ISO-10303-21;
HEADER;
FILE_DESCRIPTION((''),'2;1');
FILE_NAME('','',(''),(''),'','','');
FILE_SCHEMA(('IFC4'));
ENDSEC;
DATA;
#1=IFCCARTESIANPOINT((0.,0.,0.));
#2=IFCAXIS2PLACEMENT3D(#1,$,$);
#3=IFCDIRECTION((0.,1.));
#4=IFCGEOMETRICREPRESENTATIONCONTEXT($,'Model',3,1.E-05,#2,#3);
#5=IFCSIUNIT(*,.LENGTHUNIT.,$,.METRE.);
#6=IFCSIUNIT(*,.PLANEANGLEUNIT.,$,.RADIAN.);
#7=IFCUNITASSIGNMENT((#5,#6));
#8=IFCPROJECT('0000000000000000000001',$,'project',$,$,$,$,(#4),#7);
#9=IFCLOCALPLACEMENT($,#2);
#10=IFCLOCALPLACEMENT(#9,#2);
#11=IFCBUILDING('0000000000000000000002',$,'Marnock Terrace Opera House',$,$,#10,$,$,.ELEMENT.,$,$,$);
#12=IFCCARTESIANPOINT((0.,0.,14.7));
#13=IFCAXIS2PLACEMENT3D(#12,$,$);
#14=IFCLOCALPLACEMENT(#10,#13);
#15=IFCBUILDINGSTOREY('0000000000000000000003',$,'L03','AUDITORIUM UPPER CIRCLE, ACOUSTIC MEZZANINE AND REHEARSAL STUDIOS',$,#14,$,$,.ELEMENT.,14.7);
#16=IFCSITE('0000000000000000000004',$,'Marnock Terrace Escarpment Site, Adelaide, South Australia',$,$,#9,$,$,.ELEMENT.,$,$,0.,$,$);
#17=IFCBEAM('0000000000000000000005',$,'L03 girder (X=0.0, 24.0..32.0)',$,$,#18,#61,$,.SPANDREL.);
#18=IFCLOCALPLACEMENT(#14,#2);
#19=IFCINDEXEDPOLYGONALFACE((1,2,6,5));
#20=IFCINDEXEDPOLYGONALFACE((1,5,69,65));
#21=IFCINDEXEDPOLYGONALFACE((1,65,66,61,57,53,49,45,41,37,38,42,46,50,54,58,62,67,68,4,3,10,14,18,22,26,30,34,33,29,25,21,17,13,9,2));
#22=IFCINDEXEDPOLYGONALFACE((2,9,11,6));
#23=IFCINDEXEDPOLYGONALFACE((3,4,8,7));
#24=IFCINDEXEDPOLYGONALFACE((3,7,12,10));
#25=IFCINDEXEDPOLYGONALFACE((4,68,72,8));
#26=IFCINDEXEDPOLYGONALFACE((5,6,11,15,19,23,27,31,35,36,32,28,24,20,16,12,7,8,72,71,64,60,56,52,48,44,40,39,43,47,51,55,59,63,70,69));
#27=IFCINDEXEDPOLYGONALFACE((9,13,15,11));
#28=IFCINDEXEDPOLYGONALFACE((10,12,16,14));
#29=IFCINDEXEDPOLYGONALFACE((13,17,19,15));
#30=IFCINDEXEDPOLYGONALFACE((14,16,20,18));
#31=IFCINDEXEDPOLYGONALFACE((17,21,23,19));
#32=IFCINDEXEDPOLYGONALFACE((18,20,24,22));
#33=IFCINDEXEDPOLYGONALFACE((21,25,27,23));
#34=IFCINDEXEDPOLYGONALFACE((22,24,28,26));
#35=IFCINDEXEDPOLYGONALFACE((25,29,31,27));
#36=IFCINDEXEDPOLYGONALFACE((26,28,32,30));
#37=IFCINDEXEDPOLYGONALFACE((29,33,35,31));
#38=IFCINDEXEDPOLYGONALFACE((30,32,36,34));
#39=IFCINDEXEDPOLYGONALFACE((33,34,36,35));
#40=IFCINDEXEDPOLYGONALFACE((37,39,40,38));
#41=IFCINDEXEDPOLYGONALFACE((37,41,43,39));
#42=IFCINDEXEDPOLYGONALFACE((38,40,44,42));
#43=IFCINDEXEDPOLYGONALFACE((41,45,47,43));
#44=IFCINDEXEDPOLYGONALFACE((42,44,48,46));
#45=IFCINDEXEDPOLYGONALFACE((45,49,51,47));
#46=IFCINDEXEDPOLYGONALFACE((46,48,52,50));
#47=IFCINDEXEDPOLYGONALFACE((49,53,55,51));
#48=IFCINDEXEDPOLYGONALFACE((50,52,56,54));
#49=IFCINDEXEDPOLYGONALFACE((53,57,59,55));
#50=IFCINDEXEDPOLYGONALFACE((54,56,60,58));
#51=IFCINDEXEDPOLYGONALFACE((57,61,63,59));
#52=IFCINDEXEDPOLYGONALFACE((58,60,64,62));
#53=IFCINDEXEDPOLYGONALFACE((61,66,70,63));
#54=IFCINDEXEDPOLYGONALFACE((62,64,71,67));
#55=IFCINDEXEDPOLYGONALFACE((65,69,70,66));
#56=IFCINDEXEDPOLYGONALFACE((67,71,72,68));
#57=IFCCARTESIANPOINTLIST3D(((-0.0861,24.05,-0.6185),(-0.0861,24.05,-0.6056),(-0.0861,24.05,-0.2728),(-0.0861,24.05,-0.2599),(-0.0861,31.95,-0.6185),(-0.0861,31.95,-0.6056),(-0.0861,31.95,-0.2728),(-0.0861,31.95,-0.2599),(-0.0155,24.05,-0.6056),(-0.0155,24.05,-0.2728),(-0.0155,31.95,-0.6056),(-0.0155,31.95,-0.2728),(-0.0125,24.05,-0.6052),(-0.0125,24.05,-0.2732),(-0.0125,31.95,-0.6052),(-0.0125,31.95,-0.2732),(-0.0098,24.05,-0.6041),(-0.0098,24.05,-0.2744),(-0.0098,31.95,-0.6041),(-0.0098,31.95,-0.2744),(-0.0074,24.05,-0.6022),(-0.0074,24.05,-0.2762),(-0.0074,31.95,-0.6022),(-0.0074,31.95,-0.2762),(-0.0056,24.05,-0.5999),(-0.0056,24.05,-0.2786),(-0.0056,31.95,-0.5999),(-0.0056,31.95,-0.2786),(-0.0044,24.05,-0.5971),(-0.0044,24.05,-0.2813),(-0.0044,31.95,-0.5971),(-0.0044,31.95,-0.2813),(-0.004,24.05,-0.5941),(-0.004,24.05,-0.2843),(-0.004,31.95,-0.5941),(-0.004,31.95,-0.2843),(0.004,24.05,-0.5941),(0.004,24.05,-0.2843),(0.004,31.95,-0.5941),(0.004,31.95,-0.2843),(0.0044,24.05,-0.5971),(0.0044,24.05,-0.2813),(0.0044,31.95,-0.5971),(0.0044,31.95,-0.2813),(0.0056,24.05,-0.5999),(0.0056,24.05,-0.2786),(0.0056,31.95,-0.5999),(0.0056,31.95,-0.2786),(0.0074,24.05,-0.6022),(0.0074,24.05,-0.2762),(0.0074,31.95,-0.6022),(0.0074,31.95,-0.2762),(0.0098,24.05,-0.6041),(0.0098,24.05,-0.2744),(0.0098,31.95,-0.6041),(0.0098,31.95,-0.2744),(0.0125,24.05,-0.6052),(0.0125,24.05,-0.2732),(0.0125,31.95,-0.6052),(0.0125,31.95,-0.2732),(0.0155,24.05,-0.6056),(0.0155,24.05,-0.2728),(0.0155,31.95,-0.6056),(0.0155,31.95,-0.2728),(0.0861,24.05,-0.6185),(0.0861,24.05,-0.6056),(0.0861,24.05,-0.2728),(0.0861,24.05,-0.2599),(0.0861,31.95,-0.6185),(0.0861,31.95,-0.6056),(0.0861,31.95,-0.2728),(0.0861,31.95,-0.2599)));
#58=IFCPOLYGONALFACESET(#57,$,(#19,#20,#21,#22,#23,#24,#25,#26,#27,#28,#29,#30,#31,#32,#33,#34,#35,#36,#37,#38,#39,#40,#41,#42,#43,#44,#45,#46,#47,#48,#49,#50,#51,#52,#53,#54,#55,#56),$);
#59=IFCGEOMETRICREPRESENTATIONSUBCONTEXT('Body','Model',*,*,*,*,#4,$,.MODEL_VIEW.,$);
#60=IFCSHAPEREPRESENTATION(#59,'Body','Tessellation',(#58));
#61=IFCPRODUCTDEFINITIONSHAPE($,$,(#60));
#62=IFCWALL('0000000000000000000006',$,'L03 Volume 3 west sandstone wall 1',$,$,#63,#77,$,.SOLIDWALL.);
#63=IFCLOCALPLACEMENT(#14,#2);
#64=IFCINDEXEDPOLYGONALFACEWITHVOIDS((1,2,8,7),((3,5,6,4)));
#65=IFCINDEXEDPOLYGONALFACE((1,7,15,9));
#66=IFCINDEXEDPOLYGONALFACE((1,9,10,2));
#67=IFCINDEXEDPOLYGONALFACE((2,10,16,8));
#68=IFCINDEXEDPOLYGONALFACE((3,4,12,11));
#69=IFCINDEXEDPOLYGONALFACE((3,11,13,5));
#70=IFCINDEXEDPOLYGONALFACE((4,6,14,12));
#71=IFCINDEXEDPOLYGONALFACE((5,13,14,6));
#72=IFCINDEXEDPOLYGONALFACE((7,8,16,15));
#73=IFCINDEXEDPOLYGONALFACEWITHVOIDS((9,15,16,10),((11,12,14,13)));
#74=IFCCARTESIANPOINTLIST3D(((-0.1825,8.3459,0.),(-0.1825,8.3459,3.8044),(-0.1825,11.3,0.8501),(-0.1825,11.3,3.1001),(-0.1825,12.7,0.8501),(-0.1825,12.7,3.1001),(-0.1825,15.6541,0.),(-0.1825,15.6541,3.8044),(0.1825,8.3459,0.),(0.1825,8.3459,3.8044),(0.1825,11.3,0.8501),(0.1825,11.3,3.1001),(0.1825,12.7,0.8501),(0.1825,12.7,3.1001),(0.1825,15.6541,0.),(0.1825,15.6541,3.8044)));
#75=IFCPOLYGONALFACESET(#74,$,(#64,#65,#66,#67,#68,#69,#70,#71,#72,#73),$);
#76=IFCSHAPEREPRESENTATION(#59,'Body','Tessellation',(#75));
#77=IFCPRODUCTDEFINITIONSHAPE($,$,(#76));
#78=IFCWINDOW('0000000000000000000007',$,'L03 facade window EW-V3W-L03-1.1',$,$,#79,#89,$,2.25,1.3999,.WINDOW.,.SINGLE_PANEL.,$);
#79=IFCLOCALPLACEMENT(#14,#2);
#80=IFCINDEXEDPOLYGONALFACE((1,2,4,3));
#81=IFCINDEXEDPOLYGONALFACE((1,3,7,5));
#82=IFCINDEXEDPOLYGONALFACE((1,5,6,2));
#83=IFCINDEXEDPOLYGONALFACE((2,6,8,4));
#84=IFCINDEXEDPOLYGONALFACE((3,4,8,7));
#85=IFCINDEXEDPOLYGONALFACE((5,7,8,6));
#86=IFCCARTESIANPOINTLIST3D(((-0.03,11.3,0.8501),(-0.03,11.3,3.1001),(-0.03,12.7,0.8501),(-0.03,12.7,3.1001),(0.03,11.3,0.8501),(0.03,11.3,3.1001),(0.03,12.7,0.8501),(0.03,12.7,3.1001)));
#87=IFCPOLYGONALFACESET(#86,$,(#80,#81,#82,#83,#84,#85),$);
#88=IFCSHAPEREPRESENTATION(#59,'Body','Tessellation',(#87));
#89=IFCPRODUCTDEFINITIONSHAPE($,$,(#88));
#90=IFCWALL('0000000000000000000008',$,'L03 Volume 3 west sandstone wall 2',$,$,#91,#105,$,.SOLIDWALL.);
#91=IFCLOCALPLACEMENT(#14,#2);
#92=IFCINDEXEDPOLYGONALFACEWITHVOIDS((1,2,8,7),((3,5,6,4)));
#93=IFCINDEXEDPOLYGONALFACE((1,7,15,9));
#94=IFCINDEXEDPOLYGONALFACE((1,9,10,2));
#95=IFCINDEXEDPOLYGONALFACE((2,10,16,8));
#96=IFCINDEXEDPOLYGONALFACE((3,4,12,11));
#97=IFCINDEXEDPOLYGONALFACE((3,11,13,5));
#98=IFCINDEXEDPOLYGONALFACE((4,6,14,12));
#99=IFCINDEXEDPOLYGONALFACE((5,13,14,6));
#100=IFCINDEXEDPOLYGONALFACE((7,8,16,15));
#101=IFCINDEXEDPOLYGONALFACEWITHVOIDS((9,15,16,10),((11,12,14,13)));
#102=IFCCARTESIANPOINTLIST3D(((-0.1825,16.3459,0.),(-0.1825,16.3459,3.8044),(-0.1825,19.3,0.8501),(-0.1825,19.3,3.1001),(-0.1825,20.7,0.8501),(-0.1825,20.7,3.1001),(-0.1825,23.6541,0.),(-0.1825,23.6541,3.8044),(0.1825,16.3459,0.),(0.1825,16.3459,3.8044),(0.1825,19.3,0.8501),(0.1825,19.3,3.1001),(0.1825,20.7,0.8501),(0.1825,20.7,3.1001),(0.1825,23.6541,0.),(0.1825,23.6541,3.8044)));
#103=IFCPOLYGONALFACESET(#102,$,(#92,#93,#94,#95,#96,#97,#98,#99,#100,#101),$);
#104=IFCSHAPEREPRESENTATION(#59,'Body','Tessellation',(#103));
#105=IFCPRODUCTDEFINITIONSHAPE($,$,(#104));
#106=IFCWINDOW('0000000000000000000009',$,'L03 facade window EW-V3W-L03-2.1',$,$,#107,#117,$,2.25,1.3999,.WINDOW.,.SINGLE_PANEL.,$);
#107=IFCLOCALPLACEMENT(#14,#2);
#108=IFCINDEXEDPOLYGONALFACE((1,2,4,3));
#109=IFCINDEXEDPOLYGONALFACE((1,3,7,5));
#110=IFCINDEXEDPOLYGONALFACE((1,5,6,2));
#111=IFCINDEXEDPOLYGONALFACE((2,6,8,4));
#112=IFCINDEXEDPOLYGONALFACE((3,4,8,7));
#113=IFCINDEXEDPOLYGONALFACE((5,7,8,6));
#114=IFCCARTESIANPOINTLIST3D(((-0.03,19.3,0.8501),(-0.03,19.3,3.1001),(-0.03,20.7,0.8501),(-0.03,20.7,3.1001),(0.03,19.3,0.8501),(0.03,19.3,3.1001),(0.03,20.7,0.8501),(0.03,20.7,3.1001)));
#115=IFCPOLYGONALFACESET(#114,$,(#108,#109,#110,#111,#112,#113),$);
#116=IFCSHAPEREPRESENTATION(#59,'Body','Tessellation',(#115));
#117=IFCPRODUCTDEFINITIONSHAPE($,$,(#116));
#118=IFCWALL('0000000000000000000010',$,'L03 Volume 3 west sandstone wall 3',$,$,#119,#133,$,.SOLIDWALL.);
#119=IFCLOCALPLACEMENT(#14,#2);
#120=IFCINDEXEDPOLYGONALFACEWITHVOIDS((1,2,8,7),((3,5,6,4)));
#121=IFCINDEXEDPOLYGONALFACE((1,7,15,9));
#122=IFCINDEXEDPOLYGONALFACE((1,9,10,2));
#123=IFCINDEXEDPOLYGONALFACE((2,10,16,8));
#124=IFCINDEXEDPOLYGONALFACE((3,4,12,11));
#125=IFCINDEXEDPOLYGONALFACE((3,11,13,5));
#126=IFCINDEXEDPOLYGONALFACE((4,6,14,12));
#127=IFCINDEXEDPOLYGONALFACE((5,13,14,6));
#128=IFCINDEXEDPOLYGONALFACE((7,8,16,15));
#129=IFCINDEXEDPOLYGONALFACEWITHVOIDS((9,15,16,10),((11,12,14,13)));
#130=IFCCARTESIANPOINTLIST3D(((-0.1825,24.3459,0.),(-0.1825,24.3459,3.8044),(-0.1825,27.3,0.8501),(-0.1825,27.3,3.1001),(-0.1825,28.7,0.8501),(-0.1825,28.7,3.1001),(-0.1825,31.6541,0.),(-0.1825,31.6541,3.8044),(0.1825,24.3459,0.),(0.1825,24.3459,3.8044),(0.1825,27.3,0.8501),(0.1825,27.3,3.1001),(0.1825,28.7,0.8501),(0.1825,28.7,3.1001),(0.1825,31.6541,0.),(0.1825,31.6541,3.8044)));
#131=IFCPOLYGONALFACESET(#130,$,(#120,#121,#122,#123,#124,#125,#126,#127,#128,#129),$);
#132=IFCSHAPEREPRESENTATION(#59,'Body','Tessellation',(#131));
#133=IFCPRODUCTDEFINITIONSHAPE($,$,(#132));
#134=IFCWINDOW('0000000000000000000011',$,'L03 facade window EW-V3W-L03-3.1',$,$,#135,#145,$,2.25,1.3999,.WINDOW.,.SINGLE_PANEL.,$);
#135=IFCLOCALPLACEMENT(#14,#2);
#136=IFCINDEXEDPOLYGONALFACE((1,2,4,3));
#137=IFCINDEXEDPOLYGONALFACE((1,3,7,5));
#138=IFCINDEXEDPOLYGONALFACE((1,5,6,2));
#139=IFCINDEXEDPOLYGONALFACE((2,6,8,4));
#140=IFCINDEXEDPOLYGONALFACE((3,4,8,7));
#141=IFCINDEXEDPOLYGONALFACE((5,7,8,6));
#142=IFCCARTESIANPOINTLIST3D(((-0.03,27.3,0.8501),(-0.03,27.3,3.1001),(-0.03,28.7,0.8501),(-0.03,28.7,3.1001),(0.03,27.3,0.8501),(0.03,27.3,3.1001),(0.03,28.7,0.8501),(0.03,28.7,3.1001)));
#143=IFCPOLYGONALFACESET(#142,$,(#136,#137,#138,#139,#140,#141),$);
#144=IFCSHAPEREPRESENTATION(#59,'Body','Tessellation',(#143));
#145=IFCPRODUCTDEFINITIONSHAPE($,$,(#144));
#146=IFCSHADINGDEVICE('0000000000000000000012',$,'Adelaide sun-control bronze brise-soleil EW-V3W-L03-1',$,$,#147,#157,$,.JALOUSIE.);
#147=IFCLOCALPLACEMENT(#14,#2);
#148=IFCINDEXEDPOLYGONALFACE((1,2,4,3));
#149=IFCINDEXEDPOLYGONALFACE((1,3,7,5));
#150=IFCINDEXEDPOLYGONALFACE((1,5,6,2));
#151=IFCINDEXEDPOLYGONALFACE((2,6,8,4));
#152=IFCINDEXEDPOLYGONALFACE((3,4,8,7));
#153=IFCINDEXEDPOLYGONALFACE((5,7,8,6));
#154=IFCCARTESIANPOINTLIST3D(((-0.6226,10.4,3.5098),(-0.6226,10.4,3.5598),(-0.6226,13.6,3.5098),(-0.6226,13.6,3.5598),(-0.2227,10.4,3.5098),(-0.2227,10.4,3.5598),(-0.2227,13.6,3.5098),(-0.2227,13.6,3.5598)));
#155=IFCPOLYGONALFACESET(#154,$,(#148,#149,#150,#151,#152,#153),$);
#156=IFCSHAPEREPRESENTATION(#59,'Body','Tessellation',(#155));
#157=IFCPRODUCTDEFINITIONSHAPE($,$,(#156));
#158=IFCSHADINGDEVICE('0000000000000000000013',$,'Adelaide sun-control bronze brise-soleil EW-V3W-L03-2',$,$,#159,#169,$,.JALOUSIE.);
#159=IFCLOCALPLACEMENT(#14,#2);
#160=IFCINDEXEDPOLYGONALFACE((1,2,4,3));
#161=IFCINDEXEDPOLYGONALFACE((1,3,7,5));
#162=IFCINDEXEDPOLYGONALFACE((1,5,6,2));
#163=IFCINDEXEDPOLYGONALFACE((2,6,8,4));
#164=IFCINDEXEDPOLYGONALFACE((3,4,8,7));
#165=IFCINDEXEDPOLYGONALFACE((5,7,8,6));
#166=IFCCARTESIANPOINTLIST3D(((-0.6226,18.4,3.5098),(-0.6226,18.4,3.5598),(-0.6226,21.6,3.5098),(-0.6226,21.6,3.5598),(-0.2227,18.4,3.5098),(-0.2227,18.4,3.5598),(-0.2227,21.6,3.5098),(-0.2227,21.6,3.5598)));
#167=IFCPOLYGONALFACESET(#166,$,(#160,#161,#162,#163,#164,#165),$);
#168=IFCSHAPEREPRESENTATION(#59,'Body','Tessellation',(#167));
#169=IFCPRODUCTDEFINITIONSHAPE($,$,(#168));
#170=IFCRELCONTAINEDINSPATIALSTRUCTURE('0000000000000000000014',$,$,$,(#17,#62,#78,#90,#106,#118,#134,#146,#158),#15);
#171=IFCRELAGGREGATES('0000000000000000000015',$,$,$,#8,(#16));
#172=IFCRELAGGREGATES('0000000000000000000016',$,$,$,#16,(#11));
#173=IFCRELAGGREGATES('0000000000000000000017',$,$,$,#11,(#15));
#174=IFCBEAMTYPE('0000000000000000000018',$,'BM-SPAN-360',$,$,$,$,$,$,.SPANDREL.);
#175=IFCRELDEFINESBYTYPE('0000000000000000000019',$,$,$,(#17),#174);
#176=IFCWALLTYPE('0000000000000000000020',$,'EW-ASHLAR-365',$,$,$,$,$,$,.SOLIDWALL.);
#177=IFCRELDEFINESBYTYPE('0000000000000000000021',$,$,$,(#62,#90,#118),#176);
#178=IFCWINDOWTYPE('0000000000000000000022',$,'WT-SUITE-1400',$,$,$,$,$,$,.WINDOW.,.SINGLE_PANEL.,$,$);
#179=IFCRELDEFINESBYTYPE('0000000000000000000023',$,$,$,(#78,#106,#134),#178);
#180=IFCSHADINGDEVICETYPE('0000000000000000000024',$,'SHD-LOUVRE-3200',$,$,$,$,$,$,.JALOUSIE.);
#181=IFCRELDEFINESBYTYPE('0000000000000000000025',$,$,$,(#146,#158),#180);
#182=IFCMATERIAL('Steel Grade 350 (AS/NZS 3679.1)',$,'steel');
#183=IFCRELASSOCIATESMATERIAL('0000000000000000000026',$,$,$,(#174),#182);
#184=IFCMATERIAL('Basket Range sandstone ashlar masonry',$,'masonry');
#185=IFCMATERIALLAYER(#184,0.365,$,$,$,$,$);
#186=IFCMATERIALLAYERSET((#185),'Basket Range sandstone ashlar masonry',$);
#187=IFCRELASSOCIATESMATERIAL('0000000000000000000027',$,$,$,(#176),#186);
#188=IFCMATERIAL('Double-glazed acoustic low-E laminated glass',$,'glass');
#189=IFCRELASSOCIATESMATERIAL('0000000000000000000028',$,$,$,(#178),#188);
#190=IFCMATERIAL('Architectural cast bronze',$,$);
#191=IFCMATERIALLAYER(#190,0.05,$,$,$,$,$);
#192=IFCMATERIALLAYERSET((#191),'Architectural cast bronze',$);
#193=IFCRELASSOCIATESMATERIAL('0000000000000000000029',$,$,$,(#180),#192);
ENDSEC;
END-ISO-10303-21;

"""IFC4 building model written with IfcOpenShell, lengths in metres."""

from ifc_helpers import new_model, si_unit, direction, frame, frame_2d, origin, origin_2d, place, context, subcontext, project, spatial, rectangle, i_section, extrude, material, layer, layer_set, material_profile, profile_set, type_object, element, fill, save


model = new_model("IFC4")

# Units and contexts
model_context = context("Model", 3, precision=1e-05, world=origin(), true_north=direction((0.0, 1.0)))
body_context = subcontext(model_context, "Body", "Model", "MODEL_VIEW")
ifc_project = project(units=[si_unit("LENGTHUNIT", "METRE"), si_unit("PLANEANGLEUNIT", "RADIAN")], contexts=[model_context])

# Site, building, storey
site_placement = place(None, origin())
site = spatial("IfcSite", under=ifc_project, at=site_placement, Name="Marnock Terrace Escarpment Site, Adelaide, South Australia", CompositionType="ELEMENT", RefElevation=0.0)
building_placement = place(site_placement, origin())
building = spatial("IfcBuilding", under=site, at=building_placement, Name="Marnock Terrace Opera House", CompositionType="ELEMENT")
storey_placement = place(building_placement, frame((0.0, 0.0, 14.7)))
storey = spatial("IfcBuildingStorey", under=building, at=storey_placement, Name="L03", Description="AUDITORIUM UPPER CIRCLE, ACOUSTIC MEZZANINE AND REHEARSAL STUDIOS", CompositionType="ELEMENT", Elevation=14.7)

# Beam
ifc_material_1 = material(Name="Steel Grade 350 (AS/NZS 3679.1)", Category="steel")
ifc_material_profile_1 = material_profile(ifc_material_1, i_section(OverallWidth=0.1721, OverallDepth=0.3586, WebThickness=0.0081, FlangeThickness=0.0129, FilletRadius=0.0115, at=origin_2d()))
ifc_profile_set_1 = profile_set([ifc_material_profile_1], Name="Steel Grade 350 (AS/NZS 3679.1)")
beam_type_1 = type_object("IfcBeamType", Name="BM-SPAN-360", PredefinedType="SPANDREL", material=ifc_profile_set_1)
for number, where, z_axis, x_axis, name in (
    (1, (0.0, 24.05, -0.4392), (0.0, 1.0, 0.0), (-1.0, 0.0, 0.0), "L03 girder (X=0.0, 24.0..32.0)"),
):
    element("IfcBeam", number, at=place(storey_placement, frame(where, z_axis=z_axis, x_axis=x_axis)), inside=storey, type_object=beam_type_1, Name=name, PredefinedType="SPANDREL", context=body_context, shape_type="SweptSolid", body=[
        extrude(i_section(OverallWidth=0.1721, OverallDepth=0.3586, WebThickness=0.0081, FlangeThickness=0.0129, FilletRadius=0.0115, at=origin_2d()), origin(), (0.0, 0.0, 1.0), 7.8999),
    ])

# Walls, openings, windows
ifc_material_2 = material(Name="Basket Range sandstone ashlar masonry", Category="masonry")
ifc_layer_1 = layer(ifc_material_2, 0.365)
ifc_layer_set_1 = layer_set([ifc_layer_1], Name="Basket Range sandstone ashlar masonry")
wall_type = type_object("IfcWallType", Name="EW-ASHLAR-365", PredefinedType="SOLIDWALL", material=ifc_layer_set_1)
wall_1_placement = place(storey_placement, frame((0.0, 8.3459, 0.0), z_axis=(0.0, 0.0, 1.0), x_axis=(0.0, 1.0, 0.0)))
wall_1 = element("IfcWall", 2, at=wall_1_placement, inside=storey, type_object=wall_type, Name="L03 Volume 3 west sandstone wall 1", PredefinedType="SOLIDWALL", context=body_context, shape_type="SweptSolid", body=[
    extrude(rectangle(XDim=7.3081, YDim=0.365, at=frame_2d((3.6541, 0.0))), origin(), (0.0, 0.0, 1.0), 3.8044),
])
opening_1_placement = place(wall_1_placement, frame((2.9541, 0.0, 0.8501)))
opening_1 = element("IfcOpeningElement", 3, at=opening_1_placement, cuts=wall_1, PredefinedType="OPENING", context=body_context, shape_type="SweptSolid", body=[
    extrude(rectangle(XDim=1.3999, YDim=2.25, at=frame_2d((0.7, 1.125))), frame((0.0, 0.1924, 0.0), z_axis=(0.0, -1.0, 0.0), x_axis=(1.0, 0.0, 0.0)), (0.0, 0.0, 1.0), 0.385),
])
ifc_material_3 = material(Name="Double-glazed acoustic low-E laminated glass", Category="glass")
window_type = type_object("IfcWindowType", Name="WT-SUITE-1400", PartitioningType="SINGLE_PANEL", PredefinedType="WINDOW", material=ifc_material_3)
window_1_placement = place(opening_1_placement, origin())
window_1 = element("IfcWindow", 4, at=window_1_placement, inside=storey, type_object=window_type, Name="L03 facade window EW-V3W-L03-1.1", OverallHeight=2.25, OverallWidth=1.3999, PartitioningType="SINGLE_PANEL", PredefinedType="WINDOW", context=body_context, shape_type="SweptSolid", body=[
    extrude(rectangle(XDim=1.3999, YDim=2.25, at=frame_2d((0.7, 1.125))), frame((0.0, 0.03, 0.0), z_axis=(0.0, -1.0, 0.0), x_axis=(1.0, 0.0, 0.0)), (0.0, 0.0, 1.0), 0.0601),
])
fill(opening_1, window_1)
wall_2_placement = place(storey_placement, frame((0.0, 16.3459, 0.0), z_axis=(0.0, 0.0, 1.0), x_axis=(0.0, 1.0, 0.0)))
wall_2 = element("IfcWall", 5, at=wall_2_placement, inside=storey, type_object=wall_type, Name="L03 Volume 3 west sandstone wall 2", PredefinedType="SOLIDWALL", context=body_context, shape_type="SweptSolid", body=[
    extrude(rectangle(XDim=7.3081, YDim=0.365, at=frame_2d((3.6541, 0.0))), origin(), (0.0, 0.0, 1.0), 3.8044),
])
opening_2_placement = place(wall_2_placement, frame((2.9541, 0.0, 0.8501)))
opening_2 = element("IfcOpeningElement", 6, at=opening_2_placement, cuts=wall_2, PredefinedType="OPENING", context=body_context, shape_type="SweptSolid", body=[
    extrude(rectangle(XDim=1.3999, YDim=2.25, at=frame_2d((0.7, 1.125))), frame((0.0, 0.1924, 0.0), z_axis=(0.0, -1.0, 0.0), x_axis=(1.0, 0.0, 0.0)), (0.0, 0.0, 1.0), 0.385),
])
window_2_placement = place(opening_2_placement, origin())
window_2 = element("IfcWindow", 7, at=window_2_placement, inside=storey, type_object=window_type, Name="L03 facade window EW-V3W-L03-2.1", OverallHeight=2.25, OverallWidth=1.3999, PartitioningType="SINGLE_PANEL", PredefinedType="WINDOW", context=body_context, shape_type="SweptSolid", body=[
    extrude(rectangle(XDim=1.3999, YDim=2.25, at=frame_2d((0.7, 1.125))), frame((0.0, 0.03, 0.0), z_axis=(0.0, -1.0, 0.0), x_axis=(1.0, 0.0, 0.0)), (0.0, 0.0, 1.0), 0.0601),
])
fill(opening_2, window_2)
wall_3_placement = place(storey_placement, frame((0.0, 24.3459, 0.0), z_axis=(0.0, 0.0, 1.0), x_axis=(0.0, 1.0, 0.0)))
wall_3 = element("IfcWall", 8, at=wall_3_placement, inside=storey, type_object=wall_type, Name="L03 Volume 3 west sandstone wall 3", PredefinedType="SOLIDWALL", context=body_context, shape_type="SweptSolid", body=[
    extrude(rectangle(XDim=7.3081, YDim=0.365, at=frame_2d((3.6541, 0.0))), origin(), (0.0, 0.0, 1.0), 3.8044),
])
opening_3_placement = place(wall_3_placement, frame((2.9541, 0.0, 0.8501)))
opening_3 = element("IfcOpeningElement", 9, at=opening_3_placement, cuts=wall_3, PredefinedType="OPENING", context=body_context, shape_type="SweptSolid", body=[
    extrude(rectangle(XDim=1.3999, YDim=2.25, at=frame_2d((0.7, 1.125))), frame((0.0, 0.1924, 0.0), z_axis=(0.0, -1.0, 0.0), x_axis=(1.0, 0.0, 0.0)), (0.0, 0.0, 1.0), 0.385),
])
window_3_placement = place(opening_3_placement, origin())
window_3 = element("IfcWindow", 10, at=window_3_placement, inside=storey, type_object=window_type, Name="L03 facade window EW-V3W-L03-3.1", OverallHeight=2.25, OverallWidth=1.3999, PartitioningType="SINGLE_PANEL", PredefinedType="WINDOW", context=body_context, shape_type="SweptSolid", body=[
    extrude(rectangle(XDim=1.3999, YDim=2.25, at=frame_2d((0.7, 1.125))), frame((0.0, 0.03, 0.0), z_axis=(0.0, -1.0, 0.0), x_axis=(1.0, 0.0, 0.0)), (0.0, 0.0, 1.0), 0.0601),
])
fill(opening_3, window_3)

# Shading devices
ifc_material_4 = material(Name="Architectural cast bronze")
ifc_layer_2 = layer(ifc_material_4, 0.05)
ifc_layer_set_2 = layer_set([ifc_layer_2], Name="Architectural cast bronze")
shading_device_type = type_object("IfcShadingDeviceType", Name="SHD-LOUVRE-3200", PredefinedType="JALOUSIE", material=ifc_layer_set_2)
for number, where, z_axis, x_axis, name in (
    (11, (-0.4226, 12.0, 3.5098), (0.0, 0.0, 1.0), (0.0, 1.0, 0.0), "Adelaide sun-control bronze brise-soleil EW-V3W-L03-1"),
    (12, (-0.4226, 20.0, 3.5098), (0.0, 0.0, 1.0), (0.0, 1.0, 0.0), "Adelaide sun-control bronze brise-soleil EW-V3W-L03-2"),
):
    element("IfcShadingDevice", number, at=place(storey_placement, frame(where, z_axis=z_axis, x_axis=x_axis)), inside=storey, type_object=shading_device_type, Name=name, PredefinedType="JALOUSIE", context=body_context, shape_type="SweptSolid", body=[
        extrude(rectangle(XDim=3.2, YDim=0.3999, at=origin_2d()), origin(), (0.0, 0.0, 1.0), 0.05),
    ])

save(model, "model.ifc")
